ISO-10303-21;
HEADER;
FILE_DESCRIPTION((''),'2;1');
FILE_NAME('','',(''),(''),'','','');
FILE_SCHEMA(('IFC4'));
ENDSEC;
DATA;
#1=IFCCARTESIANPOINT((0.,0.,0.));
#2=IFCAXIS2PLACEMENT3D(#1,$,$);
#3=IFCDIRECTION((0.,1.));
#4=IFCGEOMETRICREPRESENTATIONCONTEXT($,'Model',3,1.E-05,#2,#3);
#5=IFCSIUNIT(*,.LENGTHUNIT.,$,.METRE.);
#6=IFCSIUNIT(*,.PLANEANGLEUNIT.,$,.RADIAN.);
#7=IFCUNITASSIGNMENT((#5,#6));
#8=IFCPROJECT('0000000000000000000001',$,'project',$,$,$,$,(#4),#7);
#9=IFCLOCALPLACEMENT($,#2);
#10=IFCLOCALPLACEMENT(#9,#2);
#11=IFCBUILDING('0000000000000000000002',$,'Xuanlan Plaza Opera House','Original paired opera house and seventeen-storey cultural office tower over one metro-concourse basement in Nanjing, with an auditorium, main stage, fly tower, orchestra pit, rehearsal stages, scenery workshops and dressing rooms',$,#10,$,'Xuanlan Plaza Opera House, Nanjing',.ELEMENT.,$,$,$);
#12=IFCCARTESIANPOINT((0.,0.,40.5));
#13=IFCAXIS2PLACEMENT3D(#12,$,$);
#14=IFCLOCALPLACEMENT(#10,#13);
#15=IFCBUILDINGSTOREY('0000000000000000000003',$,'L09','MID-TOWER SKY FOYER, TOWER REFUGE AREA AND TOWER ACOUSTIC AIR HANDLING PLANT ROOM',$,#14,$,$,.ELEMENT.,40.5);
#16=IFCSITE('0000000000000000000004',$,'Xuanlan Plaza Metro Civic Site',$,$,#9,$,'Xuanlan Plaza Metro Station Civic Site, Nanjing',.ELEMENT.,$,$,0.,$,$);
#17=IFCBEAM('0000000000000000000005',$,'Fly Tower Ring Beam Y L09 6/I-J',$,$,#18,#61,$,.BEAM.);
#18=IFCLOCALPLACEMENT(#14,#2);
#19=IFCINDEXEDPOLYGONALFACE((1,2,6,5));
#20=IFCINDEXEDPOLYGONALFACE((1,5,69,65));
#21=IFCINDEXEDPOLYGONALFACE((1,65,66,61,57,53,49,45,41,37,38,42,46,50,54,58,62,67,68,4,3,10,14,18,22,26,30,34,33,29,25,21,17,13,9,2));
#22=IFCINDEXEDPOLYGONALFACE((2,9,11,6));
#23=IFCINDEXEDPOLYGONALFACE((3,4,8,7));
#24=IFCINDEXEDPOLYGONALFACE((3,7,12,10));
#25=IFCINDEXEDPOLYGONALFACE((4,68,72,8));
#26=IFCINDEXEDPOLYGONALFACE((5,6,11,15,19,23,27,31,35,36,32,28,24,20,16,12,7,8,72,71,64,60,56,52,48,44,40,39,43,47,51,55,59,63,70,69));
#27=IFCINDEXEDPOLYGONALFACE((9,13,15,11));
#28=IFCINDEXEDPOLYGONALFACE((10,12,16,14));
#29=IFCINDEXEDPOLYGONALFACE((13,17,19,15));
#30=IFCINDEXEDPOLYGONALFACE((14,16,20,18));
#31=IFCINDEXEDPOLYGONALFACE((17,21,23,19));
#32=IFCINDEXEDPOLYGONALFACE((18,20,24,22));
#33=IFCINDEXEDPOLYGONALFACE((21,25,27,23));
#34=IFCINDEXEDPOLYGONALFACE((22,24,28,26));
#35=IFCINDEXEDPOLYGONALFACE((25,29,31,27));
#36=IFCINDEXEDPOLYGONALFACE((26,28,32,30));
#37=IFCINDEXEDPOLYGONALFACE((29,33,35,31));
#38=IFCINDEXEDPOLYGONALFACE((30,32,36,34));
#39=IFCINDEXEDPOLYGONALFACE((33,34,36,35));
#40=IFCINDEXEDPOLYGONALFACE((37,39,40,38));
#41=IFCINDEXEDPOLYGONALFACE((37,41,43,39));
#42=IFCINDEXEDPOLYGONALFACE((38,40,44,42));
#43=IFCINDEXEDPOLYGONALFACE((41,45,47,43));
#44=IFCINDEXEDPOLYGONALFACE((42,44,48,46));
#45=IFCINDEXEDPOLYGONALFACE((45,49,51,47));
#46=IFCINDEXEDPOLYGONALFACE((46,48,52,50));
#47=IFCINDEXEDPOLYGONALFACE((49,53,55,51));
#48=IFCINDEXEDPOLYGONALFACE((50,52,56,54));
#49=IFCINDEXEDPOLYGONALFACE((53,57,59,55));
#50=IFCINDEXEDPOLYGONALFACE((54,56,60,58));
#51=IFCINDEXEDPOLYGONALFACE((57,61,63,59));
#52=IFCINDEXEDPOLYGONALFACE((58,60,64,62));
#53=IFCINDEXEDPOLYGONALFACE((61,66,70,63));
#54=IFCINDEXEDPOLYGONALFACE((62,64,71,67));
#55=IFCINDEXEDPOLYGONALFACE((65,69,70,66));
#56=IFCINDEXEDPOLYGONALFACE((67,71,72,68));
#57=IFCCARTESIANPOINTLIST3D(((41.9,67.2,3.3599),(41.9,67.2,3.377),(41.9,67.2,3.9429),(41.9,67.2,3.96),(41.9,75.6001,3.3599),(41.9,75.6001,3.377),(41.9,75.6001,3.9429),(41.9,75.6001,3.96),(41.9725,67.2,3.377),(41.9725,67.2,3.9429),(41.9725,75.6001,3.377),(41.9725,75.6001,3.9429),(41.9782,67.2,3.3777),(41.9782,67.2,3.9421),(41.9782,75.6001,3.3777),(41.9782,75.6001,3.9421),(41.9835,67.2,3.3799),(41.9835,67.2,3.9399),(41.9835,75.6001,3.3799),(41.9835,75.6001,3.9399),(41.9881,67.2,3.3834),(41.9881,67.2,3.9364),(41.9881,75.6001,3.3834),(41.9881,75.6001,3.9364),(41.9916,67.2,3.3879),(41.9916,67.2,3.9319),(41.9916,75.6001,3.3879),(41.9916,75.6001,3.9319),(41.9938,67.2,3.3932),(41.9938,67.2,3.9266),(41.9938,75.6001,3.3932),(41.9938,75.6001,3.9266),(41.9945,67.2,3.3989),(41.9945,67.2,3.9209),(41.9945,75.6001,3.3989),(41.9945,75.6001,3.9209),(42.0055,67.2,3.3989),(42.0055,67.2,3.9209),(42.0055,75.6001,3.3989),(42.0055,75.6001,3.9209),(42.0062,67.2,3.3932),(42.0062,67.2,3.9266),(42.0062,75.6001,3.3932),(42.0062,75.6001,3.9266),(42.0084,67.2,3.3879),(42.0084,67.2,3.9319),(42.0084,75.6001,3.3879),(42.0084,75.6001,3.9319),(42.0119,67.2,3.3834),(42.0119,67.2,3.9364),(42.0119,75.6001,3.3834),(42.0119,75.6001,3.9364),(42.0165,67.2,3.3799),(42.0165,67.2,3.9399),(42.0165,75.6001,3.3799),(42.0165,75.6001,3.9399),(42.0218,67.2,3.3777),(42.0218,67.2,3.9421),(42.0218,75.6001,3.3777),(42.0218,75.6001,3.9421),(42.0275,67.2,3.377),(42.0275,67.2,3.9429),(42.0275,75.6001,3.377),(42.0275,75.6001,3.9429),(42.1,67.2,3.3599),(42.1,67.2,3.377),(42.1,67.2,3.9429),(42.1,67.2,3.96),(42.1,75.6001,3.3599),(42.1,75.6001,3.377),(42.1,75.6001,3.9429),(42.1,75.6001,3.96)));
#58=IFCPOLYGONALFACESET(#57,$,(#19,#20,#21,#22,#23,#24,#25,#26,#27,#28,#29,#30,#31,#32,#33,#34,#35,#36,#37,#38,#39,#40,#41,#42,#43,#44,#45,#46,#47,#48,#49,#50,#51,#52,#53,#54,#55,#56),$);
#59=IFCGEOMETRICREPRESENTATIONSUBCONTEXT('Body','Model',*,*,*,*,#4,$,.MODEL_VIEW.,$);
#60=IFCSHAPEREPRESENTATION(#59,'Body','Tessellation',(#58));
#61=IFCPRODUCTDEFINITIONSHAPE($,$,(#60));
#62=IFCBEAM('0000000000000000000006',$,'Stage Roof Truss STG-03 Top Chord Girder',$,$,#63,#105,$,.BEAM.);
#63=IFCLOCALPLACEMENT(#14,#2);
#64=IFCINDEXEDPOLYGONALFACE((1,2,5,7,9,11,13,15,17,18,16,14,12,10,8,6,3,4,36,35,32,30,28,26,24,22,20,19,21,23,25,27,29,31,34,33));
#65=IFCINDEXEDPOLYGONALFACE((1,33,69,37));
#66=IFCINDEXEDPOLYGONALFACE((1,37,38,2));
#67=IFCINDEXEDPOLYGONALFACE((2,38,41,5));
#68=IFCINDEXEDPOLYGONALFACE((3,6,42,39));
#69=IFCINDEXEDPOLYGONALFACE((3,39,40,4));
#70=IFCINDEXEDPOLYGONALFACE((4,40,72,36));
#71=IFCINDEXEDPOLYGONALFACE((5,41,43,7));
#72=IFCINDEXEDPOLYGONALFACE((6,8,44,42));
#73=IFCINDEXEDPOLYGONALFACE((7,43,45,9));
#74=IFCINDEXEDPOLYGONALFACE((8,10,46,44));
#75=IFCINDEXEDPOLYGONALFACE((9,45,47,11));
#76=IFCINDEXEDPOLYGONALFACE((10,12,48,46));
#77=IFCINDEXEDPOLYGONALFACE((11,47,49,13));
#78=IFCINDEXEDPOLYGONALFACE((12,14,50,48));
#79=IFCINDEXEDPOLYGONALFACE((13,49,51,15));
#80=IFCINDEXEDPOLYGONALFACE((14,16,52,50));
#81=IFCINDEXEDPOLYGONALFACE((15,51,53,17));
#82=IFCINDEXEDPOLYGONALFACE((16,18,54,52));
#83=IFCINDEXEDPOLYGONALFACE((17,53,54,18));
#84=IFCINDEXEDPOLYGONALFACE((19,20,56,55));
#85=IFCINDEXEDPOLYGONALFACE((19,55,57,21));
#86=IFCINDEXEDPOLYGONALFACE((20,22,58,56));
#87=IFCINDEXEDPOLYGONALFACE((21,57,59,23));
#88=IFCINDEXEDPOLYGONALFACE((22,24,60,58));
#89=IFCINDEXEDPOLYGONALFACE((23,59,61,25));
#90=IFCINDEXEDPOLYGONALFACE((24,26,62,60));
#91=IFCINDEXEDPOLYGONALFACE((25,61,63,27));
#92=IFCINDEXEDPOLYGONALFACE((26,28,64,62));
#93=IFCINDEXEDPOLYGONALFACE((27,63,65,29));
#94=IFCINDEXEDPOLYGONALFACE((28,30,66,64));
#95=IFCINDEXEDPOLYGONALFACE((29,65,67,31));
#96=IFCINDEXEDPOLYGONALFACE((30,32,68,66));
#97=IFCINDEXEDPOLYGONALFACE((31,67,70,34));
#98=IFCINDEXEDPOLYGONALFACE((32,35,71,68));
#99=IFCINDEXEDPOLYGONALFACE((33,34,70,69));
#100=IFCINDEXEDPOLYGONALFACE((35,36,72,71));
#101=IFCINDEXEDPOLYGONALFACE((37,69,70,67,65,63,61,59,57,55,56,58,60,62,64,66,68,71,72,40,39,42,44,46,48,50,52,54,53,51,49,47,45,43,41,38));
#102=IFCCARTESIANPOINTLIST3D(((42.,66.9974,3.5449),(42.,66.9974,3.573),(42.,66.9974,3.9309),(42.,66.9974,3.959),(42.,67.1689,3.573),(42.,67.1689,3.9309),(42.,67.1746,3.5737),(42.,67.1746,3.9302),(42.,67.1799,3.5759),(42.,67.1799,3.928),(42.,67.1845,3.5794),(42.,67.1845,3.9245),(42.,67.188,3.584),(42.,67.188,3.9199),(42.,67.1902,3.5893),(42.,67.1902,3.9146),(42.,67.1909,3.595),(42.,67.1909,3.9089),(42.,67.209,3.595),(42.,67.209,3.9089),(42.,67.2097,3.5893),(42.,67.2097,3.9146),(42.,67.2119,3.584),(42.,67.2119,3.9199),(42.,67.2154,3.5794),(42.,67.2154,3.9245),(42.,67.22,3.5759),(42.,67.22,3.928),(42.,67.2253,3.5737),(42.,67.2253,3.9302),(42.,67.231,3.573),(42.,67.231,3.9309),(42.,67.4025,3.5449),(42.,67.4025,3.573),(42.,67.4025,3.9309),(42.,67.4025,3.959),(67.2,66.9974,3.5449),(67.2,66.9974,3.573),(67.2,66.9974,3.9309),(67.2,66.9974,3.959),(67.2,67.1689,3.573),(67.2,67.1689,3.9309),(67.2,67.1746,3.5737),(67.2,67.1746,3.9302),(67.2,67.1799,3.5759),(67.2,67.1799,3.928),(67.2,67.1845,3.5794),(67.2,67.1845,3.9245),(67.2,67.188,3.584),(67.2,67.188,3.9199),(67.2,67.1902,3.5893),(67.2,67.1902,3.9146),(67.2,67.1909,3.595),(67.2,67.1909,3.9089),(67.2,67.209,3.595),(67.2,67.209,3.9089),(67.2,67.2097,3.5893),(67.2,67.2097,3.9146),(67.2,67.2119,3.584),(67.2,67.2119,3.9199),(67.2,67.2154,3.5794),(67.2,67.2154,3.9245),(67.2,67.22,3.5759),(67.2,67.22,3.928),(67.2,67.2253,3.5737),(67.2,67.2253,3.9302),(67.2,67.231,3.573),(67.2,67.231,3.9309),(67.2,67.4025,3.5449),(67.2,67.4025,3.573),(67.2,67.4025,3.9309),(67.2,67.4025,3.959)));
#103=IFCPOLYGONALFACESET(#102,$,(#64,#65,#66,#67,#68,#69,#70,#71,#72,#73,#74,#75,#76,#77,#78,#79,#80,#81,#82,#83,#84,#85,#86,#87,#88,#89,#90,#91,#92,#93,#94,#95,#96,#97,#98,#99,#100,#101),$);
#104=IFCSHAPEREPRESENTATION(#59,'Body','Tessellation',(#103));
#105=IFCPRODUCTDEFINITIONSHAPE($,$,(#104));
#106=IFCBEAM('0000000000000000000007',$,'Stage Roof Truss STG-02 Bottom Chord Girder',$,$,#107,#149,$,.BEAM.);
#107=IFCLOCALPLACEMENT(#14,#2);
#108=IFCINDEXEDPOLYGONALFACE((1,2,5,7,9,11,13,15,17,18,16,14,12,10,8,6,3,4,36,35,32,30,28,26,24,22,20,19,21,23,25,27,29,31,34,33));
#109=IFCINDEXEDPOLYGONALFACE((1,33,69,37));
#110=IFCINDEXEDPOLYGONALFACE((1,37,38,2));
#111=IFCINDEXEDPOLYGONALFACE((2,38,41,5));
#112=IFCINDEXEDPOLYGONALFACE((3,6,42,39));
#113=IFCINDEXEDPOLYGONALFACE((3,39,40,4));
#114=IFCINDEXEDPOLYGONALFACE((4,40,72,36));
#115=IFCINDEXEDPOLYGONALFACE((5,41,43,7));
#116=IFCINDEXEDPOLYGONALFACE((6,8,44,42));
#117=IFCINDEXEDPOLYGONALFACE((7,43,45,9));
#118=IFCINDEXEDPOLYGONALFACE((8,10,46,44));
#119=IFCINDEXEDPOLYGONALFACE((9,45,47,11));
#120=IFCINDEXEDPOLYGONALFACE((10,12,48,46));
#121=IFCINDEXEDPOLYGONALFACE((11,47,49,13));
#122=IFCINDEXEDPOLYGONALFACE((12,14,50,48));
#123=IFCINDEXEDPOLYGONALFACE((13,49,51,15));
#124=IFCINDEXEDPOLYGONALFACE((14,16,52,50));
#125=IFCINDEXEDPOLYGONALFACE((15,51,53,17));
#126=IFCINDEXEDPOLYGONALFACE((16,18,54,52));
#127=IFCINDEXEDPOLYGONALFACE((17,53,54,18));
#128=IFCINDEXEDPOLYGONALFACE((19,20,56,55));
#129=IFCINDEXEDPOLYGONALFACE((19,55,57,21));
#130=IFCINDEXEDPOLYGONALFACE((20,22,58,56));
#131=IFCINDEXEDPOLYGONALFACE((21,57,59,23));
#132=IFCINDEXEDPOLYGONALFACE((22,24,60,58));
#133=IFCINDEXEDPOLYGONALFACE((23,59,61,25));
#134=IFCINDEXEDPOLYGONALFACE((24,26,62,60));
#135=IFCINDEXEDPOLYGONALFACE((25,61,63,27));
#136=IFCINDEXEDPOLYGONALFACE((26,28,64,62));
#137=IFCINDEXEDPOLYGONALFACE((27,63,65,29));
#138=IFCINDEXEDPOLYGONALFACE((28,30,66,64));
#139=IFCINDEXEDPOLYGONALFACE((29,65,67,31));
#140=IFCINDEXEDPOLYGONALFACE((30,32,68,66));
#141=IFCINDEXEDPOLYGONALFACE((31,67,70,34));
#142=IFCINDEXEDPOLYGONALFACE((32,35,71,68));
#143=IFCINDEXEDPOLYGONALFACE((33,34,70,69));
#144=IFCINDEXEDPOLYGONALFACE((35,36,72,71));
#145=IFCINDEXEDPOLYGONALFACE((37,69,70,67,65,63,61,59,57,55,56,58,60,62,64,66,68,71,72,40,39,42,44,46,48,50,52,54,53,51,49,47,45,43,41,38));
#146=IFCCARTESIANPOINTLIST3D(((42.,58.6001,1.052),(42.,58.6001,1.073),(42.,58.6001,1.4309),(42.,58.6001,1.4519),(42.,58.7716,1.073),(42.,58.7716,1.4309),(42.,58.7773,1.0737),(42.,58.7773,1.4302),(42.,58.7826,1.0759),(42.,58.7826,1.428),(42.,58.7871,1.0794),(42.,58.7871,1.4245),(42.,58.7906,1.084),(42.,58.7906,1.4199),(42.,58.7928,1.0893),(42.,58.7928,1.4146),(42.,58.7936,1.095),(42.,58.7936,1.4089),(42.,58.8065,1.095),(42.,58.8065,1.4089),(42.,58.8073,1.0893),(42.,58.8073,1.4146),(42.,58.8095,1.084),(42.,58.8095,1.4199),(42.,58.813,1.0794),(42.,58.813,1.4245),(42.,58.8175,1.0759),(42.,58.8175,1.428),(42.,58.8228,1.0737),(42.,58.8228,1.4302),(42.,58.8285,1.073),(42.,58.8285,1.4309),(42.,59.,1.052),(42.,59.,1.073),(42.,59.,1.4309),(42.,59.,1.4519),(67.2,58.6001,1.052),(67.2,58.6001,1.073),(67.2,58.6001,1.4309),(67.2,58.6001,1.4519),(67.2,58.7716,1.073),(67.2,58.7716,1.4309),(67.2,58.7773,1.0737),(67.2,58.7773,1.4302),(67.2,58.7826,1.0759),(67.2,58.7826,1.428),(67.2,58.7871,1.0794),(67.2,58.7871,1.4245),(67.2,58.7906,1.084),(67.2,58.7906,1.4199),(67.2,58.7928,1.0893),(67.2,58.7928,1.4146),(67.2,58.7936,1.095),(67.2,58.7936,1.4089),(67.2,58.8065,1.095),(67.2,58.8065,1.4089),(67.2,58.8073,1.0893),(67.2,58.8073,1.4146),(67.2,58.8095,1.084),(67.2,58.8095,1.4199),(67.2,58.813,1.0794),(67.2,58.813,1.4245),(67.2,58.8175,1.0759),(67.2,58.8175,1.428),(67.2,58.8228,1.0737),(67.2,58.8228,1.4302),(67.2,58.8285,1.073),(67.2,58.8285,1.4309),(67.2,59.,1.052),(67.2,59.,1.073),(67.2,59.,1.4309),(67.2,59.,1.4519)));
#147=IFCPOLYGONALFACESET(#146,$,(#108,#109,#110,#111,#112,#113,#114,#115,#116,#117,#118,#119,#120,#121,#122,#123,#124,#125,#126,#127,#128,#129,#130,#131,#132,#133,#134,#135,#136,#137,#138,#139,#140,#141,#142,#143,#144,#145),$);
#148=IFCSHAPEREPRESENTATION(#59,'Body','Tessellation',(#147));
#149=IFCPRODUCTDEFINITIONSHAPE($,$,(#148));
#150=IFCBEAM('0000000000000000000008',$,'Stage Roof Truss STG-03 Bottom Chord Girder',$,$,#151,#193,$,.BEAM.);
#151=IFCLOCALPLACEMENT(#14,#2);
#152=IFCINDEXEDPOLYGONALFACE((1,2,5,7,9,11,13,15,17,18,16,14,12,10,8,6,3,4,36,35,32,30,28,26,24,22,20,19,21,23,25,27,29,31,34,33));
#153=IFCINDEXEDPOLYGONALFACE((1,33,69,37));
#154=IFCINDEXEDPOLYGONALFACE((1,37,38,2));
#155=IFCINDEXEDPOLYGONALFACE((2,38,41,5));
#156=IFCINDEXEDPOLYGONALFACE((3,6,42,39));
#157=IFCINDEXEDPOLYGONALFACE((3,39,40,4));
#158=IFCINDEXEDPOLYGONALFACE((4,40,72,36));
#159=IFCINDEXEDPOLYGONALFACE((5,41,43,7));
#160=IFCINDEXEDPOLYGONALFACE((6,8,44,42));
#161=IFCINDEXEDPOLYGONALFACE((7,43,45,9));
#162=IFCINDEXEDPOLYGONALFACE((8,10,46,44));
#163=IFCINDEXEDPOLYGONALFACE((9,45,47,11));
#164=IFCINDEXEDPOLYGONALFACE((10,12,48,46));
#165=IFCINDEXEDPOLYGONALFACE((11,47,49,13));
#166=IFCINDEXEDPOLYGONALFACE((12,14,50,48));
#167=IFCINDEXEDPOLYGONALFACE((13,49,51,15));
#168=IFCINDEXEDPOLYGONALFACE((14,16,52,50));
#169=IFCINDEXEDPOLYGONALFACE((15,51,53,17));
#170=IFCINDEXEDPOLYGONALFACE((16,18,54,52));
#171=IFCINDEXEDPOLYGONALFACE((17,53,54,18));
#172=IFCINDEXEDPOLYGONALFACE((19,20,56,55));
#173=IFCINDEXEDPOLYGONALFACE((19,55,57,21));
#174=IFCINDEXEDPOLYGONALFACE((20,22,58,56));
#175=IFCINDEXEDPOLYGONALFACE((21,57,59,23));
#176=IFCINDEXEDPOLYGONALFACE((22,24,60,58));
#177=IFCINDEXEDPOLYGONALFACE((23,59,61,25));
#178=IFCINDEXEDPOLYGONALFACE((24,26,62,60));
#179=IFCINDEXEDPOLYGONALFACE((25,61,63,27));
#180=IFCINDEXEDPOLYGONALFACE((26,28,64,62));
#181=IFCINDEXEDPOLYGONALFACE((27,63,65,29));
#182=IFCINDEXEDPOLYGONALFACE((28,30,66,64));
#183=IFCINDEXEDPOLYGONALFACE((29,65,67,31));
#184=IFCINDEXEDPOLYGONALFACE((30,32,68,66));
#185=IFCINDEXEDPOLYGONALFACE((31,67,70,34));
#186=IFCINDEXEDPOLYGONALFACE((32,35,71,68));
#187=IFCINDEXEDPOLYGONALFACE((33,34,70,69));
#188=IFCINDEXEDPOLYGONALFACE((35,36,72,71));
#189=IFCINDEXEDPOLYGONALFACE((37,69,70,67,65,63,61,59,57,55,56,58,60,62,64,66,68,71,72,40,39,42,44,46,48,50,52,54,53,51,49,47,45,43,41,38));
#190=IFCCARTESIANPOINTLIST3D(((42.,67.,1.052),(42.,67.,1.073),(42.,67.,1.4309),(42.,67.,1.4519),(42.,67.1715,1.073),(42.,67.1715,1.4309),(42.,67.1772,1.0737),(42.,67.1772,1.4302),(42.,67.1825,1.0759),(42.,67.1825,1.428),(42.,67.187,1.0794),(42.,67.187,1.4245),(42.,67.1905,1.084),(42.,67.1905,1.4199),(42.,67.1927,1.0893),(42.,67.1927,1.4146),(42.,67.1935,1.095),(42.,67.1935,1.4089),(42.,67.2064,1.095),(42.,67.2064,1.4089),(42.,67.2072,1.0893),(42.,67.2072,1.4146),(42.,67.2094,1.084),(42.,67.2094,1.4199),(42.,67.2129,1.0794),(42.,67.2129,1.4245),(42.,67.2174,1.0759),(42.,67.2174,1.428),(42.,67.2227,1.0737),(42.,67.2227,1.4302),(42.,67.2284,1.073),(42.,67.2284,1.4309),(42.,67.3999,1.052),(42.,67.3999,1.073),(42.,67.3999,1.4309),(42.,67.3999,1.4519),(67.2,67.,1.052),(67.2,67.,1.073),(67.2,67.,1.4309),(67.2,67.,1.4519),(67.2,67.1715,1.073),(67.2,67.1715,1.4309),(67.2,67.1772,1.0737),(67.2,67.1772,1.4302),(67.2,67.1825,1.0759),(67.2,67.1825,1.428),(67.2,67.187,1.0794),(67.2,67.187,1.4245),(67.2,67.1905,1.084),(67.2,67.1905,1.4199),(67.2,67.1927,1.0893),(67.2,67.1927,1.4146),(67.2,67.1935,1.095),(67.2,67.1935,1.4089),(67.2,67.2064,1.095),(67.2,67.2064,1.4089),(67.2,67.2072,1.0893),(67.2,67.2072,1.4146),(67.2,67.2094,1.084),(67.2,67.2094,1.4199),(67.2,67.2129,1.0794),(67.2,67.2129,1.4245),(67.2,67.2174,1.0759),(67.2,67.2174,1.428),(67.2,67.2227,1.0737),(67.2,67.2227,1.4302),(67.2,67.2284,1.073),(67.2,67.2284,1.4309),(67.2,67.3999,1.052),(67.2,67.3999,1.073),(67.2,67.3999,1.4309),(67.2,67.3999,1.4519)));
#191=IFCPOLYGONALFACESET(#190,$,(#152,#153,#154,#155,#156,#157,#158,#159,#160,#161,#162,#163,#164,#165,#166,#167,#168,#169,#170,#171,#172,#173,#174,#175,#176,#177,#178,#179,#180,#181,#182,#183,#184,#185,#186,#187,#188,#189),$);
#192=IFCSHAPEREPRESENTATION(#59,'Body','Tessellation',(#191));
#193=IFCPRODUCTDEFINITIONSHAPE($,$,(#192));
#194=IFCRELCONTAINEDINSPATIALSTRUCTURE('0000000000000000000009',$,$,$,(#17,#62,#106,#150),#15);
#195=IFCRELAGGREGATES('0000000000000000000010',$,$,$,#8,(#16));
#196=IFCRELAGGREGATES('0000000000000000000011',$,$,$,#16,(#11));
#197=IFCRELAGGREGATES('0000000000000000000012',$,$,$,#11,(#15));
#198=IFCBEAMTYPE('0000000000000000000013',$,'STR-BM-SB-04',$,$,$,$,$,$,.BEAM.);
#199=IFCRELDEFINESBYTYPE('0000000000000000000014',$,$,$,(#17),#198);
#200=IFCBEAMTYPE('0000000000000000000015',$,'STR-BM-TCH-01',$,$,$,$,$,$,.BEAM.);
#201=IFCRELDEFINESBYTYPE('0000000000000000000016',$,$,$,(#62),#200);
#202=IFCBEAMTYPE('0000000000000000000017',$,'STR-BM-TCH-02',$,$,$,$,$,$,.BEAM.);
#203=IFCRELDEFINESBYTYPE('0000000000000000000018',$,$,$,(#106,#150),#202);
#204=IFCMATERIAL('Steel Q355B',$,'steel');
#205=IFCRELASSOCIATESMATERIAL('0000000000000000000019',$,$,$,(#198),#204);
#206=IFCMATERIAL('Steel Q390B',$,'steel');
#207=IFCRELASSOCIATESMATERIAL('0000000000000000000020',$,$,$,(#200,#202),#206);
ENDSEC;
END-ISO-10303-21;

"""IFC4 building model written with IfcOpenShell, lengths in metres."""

from ifc_helpers import new_model, si_unit, direction, frame, origin, origin_2d, place, context, subcontext, project, spatial, i_section, extrude, material, material_profile, profile_set, type_object, element, save


model = new_model("IFC4")

# Units and contexts
model_context = context("Model", 3, precision=1e-05, world=origin(), true_north=direction((0.0, 1.0)))
body_context = subcontext(model_context, "Body", "Model", "MODEL_VIEW")
ifc_project = project(units=[si_unit("LENGTHUNIT", "METRE"), si_unit("PLANEANGLEUNIT", "RADIAN")], contexts=[model_context])

# Site, building, storey
site_placement = place(None, origin())
site = spatial("IfcSite", under=ifc_project, at=site_placement, Name="Xuanlan Plaza Metro Civic Site", LongName="Xuanlan Plaza Metro Station Civic Site, Nanjing", CompositionType="ELEMENT", RefElevation=0.0)
building_placement = place(site_placement, origin())
building = spatial("IfcBuilding", under=site, at=building_placement, Name="Xuanlan Plaza Opera House", Description="Original paired opera house and seventeen-storey cultural office tower over one metro-concourse basement in Nanjing, with an auditorium, main stage, fly tower, orchestra pit, rehearsal stages, scenery workshops and dressing rooms", LongName="Xuanlan Plaza Opera House, Nanjing", CompositionType="ELEMENT")
storey_placement = place(building_placement, frame((0.0, 0.0, 40.5)))
storey = spatial("IfcBuildingStorey", under=building, at=storey_placement, Name="L09", Description="MID-TOWER SKY FOYER, TOWER REFUGE AREA AND TOWER ACOUSTIC AIR HANDLING PLANT ROOM", CompositionType="ELEMENT", Elevation=40.5)

# Beams
ifc_material_1 = material(Name="Steel Q355B", Category="steel")
ifc_material_profile_1 = material_profile(ifc_material_1, i_section(OverallWidth=0.2, OverallDepth=0.6001, WebThickness=0.011, FlangeThickness=0.0171, FilletRadius=0.022, at=origin_2d()), Name="HN 600x200x11x17")
ifc_profile_set_1 = profile_set([ifc_material_profile_1], Name="Steel Q355B")
beam_type_1 = type_object("IfcBeamType", Name="STR-BM-SB-04", PredefinedType="BEAM", material=ifc_profile_set_1)
beam_1_placement = place(storey_placement, frame((42.0, 67.2, 3.6599), z_axis=(0.0, 1.0, 0.0), x_axis=(-1.0, 0.0, 0.0)))
element("IfcBeam", 1, at=beam_1_placement, inside=storey, type_object=beam_type_1, Name="Fly Tower Ring Beam Y L09 6/I-J", PredefinedType="BEAM", context=body_context, shape_type="SweptSolid", body=[
    extrude(i_section(OverallWidth=0.2, OverallDepth=0.6001, WebThickness=0.011, FlangeThickness=0.0171, FilletRadius=0.022, at=origin_2d()), origin(), (0.0, 0.0, 1.0), 8.4001),
])
ifc_material_2 = material(Name="Steel Q390B", Category="steel")
ifc_material_profile_2 = material_profile(ifc_material_2, i_section(OverallWidth=0.405, OverallDepth=0.4141, WebThickness=0.0181, FlangeThickness=0.0281, FilletRadius=0.022, at=origin_2d()), Name="HW 414x405x18x28")
ifc_profile_set_2 = profile_set([ifc_material_profile_2], Name="Steel Q390B")
beam_type_2 = type_object("IfcBeamType", Name="STR-BM-TCH-01", PredefinedType="BEAM", material=ifc_profile_set_2)
beam_2_placement = place(storey_placement, frame((42.0, 67.2, 3.752), z_axis=(1.0, 0.0, 0.0), x_axis=(0.0, 1.0, 0.0)))
element("IfcBeam", 2, at=beam_2_placement, inside=storey, type_object=beam_type_2, Name="Stage Roof Truss STG-03 Top Chord Girder", PredefinedType="BEAM", context=body_context, shape_type="SweptSolid", body=[
    extrude(i_section(OverallWidth=0.405, OverallDepth=0.4141, WebThickness=0.0181, FlangeThickness=0.0281, FilletRadius=0.022, at=origin_2d()), origin(), (0.0, 0.0, 1.0), 25.2),
])
ifc_material_profile_3 = material_profile(ifc_material_2, i_section(OverallWidth=0.3999, OverallDepth=0.3999, WebThickness=0.0129, FlangeThickness=0.021, FilletRadius=0.022, at=origin_2d()), Name="HW 400x400x13x21")
ifc_profile_set_3 = profile_set([ifc_material_profile_3], Name="Steel Q390B")
beam_type_3 = type_object("IfcBeamType", Name="STR-BM-TCH-02", PredefinedType="BEAM", material=ifc_profile_set_3)
for number, where, z_axis, x_axis, name in (
    (3, (42.0, 58.8, 1.252), (1.0, 0.0, 0.0), (0.0, 1.0, 0.0), "Stage Roof Truss STG-02 Bottom Chord Girder"),
    (4, (42.0, 67.2, 1.252), (1.0, 0.0, 0.0), (0.0, 1.0, 0.0), "Stage Roof Truss STG-03 Bottom Chord Girder"),
):
    element("IfcBeam", number, at=place(storey_placement, frame(where, z_axis=z_axis, x_axis=x_axis)), inside=storey, type_object=beam_type_3, Name=name, PredefinedType="BEAM", context=body_context, shape_type="SweptSolid", body=[
        extrude(i_section(OverallWidth=0.3999, OverallDepth=0.3999, WebThickness=0.0129, FlangeThickness=0.021, FilletRadius=0.022, at=origin_2d()), origin(), (0.0, 0.0, 1.0), 25.2),
    ])

save(model, "model.ifc")
